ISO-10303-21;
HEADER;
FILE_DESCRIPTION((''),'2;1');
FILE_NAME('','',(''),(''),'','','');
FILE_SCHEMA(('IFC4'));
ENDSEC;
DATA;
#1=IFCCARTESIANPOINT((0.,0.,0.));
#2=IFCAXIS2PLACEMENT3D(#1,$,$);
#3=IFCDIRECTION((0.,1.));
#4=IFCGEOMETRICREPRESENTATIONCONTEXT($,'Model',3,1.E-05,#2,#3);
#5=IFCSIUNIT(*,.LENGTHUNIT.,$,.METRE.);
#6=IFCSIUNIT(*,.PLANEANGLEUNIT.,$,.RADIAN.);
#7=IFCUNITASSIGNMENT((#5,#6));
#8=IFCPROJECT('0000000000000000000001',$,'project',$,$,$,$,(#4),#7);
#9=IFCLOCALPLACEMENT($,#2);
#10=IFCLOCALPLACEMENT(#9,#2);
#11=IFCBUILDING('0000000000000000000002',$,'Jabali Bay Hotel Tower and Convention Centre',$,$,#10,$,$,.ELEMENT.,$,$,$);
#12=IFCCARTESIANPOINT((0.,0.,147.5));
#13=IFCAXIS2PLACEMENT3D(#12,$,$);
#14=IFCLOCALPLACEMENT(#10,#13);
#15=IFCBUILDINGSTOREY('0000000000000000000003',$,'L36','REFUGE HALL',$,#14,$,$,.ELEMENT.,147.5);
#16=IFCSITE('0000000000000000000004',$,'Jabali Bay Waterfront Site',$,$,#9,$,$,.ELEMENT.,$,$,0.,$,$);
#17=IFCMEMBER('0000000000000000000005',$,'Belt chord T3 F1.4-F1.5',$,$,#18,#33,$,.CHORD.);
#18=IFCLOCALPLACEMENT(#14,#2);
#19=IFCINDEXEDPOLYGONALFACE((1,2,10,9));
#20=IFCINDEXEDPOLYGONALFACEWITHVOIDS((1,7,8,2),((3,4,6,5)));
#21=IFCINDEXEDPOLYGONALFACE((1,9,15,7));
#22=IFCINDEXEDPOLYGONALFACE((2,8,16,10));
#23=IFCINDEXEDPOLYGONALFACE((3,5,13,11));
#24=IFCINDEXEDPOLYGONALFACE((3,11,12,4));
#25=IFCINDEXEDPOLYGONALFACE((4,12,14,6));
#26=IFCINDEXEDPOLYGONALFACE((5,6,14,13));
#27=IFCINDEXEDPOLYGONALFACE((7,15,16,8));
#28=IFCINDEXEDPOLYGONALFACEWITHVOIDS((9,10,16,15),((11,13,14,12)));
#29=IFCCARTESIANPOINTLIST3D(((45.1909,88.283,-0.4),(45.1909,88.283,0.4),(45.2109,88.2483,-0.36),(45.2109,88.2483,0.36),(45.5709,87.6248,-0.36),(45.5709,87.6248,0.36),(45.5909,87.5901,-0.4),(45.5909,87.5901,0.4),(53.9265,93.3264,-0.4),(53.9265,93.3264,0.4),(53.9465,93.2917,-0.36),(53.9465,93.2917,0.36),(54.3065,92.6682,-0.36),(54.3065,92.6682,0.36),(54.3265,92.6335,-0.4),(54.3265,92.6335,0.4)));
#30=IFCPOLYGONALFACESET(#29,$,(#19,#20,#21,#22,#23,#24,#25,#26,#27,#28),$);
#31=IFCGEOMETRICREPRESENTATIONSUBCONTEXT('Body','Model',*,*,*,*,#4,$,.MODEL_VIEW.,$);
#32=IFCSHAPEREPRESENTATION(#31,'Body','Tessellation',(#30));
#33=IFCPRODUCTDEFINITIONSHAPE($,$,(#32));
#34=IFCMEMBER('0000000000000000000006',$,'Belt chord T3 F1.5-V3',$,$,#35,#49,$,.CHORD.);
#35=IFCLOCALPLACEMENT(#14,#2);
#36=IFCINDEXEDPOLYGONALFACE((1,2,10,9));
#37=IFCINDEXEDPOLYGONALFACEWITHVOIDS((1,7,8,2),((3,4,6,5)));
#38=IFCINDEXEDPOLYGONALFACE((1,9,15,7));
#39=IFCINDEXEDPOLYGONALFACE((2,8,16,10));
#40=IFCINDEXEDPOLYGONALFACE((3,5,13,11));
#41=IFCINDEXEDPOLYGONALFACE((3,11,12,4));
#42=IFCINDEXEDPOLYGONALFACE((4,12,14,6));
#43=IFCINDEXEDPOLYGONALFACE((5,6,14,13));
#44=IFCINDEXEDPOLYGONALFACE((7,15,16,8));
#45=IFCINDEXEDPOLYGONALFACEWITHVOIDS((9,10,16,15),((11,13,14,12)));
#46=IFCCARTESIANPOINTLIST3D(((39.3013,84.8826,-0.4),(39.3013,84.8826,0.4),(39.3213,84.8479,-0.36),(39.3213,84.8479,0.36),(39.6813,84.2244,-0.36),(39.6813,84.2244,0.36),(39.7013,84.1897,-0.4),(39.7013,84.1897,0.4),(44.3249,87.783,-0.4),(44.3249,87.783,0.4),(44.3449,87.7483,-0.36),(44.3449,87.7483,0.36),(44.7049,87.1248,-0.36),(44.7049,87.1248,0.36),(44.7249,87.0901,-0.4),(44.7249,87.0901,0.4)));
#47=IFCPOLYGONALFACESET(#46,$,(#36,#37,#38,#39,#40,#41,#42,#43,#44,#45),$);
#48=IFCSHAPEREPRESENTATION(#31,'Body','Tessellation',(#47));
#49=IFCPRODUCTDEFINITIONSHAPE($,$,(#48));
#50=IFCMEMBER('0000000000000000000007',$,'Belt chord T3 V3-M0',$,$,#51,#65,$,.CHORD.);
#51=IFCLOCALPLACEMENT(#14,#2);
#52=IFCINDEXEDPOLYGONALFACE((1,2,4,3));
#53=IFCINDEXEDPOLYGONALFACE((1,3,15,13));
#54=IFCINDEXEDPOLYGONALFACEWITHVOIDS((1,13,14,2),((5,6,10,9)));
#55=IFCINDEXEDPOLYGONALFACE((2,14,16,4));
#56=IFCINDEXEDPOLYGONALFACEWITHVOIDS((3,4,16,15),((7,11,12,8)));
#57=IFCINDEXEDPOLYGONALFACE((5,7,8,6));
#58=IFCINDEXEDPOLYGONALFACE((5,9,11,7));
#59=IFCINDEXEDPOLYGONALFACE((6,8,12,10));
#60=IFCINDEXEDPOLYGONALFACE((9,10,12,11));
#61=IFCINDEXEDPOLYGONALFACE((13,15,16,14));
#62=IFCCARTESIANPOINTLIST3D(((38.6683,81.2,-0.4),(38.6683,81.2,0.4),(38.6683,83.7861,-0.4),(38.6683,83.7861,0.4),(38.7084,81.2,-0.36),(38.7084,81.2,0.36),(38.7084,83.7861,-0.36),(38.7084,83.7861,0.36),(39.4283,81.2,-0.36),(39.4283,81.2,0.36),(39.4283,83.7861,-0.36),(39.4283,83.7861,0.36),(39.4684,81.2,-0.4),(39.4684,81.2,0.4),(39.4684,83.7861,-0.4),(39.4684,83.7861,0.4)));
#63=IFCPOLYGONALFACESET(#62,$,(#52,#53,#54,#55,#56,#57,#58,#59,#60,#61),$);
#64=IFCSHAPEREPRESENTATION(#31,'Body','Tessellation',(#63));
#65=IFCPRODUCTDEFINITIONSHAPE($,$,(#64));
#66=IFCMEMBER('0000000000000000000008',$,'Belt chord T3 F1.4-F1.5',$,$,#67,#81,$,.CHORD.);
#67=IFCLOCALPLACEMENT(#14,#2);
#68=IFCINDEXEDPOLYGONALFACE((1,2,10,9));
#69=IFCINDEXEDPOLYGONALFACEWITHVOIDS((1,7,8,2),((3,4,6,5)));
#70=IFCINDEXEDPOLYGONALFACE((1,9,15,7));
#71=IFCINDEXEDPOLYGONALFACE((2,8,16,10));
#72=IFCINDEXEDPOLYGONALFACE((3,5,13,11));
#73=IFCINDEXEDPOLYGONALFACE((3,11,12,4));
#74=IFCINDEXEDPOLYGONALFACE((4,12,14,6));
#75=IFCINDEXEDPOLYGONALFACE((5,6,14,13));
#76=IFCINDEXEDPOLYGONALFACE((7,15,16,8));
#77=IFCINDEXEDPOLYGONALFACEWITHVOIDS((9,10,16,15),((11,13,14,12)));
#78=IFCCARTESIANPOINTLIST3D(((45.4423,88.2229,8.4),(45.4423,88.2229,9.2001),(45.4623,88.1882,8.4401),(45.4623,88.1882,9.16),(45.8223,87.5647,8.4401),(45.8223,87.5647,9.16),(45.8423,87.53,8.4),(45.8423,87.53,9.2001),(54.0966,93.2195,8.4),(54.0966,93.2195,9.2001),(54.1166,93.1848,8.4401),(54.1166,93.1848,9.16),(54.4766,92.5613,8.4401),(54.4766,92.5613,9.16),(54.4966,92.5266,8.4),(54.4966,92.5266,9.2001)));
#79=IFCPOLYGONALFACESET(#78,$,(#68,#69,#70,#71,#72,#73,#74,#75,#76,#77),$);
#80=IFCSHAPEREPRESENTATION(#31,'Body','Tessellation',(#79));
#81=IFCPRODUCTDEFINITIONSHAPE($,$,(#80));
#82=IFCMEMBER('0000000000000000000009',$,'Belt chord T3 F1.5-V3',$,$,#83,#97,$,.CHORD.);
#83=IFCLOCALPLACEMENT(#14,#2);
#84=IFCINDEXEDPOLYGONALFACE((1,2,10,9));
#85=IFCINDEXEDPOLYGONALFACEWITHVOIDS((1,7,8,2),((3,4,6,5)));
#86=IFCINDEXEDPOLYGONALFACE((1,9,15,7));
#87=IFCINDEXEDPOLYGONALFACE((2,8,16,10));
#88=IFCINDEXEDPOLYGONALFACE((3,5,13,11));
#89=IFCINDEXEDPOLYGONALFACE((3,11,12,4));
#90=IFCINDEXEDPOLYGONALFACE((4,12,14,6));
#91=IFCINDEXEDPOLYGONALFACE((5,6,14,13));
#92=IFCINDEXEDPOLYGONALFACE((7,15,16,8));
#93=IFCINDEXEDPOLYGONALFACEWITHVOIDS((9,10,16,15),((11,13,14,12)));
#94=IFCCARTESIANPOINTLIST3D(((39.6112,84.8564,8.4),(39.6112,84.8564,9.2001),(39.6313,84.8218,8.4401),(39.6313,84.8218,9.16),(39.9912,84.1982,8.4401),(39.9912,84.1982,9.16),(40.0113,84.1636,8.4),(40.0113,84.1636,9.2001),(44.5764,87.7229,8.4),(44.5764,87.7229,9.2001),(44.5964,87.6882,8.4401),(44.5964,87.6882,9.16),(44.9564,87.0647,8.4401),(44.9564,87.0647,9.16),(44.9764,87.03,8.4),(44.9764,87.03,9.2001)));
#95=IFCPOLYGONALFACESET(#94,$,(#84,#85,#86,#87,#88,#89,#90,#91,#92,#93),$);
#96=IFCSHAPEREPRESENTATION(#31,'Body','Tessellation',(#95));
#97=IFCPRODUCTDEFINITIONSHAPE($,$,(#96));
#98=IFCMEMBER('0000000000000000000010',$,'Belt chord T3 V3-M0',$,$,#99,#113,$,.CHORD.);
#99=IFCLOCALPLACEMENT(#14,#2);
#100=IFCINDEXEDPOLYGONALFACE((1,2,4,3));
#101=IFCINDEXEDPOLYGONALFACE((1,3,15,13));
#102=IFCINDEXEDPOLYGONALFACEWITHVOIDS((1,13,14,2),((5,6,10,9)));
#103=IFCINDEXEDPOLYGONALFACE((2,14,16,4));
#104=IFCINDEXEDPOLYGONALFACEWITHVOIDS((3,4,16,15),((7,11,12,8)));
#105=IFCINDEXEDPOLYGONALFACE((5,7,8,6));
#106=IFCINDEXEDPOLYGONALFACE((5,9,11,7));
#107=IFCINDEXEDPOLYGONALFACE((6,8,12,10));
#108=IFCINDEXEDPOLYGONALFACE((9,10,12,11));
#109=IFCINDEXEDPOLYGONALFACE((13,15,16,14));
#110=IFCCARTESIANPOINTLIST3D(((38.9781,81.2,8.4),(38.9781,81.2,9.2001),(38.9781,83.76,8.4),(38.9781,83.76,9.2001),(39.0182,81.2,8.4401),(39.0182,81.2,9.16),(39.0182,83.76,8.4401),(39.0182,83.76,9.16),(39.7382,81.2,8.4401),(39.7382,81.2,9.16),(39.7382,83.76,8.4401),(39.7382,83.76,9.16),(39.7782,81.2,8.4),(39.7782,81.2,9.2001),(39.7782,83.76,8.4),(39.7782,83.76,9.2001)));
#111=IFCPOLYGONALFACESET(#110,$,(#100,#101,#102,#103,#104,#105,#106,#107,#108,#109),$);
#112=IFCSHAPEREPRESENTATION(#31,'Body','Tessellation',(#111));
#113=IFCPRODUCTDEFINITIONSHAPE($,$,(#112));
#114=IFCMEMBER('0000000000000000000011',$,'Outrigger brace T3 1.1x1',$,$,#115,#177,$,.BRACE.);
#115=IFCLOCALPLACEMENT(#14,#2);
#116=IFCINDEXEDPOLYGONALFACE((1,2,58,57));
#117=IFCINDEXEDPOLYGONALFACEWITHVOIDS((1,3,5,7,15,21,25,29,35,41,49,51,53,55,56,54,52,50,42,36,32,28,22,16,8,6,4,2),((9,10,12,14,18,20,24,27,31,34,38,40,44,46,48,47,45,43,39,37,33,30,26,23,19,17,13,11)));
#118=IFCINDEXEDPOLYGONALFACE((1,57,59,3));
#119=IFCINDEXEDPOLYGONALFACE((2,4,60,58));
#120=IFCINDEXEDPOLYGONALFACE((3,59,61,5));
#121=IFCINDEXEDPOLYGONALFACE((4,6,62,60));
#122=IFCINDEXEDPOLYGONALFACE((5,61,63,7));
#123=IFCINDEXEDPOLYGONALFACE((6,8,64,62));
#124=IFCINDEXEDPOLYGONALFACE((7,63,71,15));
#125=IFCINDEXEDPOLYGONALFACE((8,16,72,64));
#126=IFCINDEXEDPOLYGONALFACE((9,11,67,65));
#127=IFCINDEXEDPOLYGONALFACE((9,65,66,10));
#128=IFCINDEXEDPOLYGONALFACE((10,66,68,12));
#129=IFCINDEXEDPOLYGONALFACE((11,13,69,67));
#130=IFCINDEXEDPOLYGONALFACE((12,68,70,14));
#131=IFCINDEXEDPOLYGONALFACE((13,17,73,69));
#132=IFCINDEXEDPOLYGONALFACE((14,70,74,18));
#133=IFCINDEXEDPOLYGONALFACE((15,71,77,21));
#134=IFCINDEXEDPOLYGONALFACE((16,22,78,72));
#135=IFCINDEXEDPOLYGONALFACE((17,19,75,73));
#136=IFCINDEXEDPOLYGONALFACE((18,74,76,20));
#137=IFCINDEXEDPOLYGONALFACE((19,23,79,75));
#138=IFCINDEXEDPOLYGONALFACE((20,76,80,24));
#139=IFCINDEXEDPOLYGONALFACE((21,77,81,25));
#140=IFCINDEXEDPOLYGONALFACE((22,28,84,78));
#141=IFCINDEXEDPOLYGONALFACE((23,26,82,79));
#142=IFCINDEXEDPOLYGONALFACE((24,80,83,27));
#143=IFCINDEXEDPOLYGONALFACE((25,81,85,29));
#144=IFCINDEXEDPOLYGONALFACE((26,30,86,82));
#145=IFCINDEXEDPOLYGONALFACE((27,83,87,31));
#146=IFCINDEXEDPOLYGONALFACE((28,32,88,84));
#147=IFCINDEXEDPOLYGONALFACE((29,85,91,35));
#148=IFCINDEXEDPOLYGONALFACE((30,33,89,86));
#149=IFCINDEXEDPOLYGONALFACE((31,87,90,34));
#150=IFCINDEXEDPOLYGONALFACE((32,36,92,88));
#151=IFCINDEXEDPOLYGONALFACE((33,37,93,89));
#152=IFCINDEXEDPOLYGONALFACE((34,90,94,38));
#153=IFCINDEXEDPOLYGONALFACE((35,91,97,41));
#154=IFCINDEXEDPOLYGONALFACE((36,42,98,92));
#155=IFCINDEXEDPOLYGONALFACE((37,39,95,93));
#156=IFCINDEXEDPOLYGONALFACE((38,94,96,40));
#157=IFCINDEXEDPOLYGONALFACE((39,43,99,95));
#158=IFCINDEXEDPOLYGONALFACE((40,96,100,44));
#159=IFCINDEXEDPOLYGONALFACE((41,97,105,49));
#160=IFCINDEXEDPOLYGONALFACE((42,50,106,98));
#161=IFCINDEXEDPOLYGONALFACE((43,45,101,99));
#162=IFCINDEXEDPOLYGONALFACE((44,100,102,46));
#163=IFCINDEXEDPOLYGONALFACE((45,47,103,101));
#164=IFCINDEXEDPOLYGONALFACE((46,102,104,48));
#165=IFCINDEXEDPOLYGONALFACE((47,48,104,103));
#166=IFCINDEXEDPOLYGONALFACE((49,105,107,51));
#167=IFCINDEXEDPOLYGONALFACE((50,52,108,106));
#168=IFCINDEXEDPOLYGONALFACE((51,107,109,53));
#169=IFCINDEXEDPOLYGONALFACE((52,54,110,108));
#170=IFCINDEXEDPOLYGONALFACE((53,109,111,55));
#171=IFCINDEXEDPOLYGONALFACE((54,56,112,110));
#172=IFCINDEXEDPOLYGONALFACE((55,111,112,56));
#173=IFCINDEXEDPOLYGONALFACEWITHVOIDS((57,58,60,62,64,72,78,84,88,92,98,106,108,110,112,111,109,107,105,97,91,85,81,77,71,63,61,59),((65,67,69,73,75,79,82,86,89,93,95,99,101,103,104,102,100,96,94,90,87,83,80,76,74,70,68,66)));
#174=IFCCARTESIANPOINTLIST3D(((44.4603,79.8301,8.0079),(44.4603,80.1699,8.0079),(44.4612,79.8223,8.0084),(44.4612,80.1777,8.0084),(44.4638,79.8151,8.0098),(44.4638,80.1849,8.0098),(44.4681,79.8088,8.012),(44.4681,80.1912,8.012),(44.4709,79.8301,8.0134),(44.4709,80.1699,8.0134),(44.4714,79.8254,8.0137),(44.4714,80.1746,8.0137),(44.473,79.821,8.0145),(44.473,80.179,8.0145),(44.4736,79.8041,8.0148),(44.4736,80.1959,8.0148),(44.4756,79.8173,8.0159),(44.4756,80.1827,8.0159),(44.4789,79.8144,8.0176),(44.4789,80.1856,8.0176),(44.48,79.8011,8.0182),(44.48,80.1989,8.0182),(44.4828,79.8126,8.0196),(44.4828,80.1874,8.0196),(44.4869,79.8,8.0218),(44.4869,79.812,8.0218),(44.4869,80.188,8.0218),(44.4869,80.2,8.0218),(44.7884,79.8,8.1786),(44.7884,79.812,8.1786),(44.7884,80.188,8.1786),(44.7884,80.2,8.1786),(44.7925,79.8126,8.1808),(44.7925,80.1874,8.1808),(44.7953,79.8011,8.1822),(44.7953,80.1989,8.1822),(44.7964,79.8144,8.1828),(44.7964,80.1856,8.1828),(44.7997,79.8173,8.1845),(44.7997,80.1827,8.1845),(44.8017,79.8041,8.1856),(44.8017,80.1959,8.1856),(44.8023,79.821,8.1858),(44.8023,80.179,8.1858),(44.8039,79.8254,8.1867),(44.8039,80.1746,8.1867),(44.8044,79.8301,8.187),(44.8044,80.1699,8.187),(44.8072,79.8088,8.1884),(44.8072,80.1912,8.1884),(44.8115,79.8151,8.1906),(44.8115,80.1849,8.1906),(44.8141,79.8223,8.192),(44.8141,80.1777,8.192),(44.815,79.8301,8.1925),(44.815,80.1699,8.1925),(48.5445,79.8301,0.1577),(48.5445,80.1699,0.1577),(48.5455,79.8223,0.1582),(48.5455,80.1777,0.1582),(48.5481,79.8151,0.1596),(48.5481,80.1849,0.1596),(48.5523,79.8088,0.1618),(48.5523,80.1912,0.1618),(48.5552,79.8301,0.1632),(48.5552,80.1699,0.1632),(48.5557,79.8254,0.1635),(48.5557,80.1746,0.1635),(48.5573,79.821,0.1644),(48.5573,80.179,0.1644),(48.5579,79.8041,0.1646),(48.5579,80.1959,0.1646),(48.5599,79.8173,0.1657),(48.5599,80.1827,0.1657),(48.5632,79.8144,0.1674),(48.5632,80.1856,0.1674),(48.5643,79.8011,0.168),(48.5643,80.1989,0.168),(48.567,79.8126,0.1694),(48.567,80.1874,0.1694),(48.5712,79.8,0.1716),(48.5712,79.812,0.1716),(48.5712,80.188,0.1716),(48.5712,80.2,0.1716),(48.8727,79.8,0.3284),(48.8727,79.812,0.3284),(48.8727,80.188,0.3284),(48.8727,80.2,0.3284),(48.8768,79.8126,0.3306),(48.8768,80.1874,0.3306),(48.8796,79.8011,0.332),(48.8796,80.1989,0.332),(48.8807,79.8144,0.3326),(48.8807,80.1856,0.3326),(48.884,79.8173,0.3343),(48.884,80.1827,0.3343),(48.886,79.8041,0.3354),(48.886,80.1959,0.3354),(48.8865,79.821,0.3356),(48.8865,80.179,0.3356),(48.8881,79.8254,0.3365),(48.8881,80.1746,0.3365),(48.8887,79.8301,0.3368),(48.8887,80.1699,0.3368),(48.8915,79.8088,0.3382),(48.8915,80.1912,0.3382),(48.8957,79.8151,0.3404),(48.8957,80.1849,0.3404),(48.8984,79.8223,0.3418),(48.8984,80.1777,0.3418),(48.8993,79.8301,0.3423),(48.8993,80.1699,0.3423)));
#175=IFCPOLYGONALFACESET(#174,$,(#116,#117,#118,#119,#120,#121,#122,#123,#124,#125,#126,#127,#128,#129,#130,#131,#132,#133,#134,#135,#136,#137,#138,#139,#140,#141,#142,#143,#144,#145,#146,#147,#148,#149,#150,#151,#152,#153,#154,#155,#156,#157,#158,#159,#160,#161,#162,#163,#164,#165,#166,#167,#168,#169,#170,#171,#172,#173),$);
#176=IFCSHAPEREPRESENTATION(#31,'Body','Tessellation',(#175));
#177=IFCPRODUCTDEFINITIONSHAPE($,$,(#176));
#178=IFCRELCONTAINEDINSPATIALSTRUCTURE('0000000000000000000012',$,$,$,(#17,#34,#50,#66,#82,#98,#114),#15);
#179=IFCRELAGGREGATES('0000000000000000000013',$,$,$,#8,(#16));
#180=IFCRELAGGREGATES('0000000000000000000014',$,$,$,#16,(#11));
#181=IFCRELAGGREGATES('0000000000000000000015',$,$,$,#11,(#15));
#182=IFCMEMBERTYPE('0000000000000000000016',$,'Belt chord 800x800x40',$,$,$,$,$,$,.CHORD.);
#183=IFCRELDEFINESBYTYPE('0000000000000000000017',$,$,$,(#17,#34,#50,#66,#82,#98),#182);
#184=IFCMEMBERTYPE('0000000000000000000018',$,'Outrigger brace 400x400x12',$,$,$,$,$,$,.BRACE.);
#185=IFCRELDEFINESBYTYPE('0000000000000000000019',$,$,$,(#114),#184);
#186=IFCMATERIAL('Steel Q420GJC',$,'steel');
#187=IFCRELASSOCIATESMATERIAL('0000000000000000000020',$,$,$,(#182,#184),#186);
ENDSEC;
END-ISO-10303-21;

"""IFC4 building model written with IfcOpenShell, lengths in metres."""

from ifc_helpers import new_model, si_unit, direction, frame, origin, origin_2d, place, context, subcontext, project, spatial, hollow_rectangle, extrude, material, material_profile, profile_set, type_object, element, save


model = new_model("IFC4")

# Units and contexts
model_context = context("Model", 3, precision=1e-05, world=origin(), true_north=direction((0.0, 1.0)))
body_context = subcontext(model_context, "Body", "Model", "MODEL_VIEW")
ifc_project = project(units=[si_unit("LENGTHUNIT", "METRE"), si_unit("PLANEANGLEUNIT", "RADIAN")], contexts=[model_context])

# Site, building, storey
site_placement = place(None, origin())
site = spatial("IfcSite", under=ifc_project, at=site_placement, Name="Jabali Bay Waterfront Site", CompositionType="ELEMENT", RefElevation=0.0)
building_placement = place(site_placement, origin())
building = spatial("IfcBuilding", under=site, at=building_placement, Name="Jabali Bay Hotel Tower and Convention Centre", CompositionType="ELEMENT")
storey_placement = place(building_placement, frame((0.0, 0.0, 147.5)))
storey = spatial("IfcBuildingStorey", under=building, at=storey_placement, Name="L36", Description="REFUGE HALL", CompositionType="ELEMENT", Elevation=147.5)

# Members
ifc_material_1 = material(Name="Steel Q420GJC", Category="steel")
ifc_material_profile_1 = material_profile(ifc_material_1, hollow_rectangle(XDim=0.8, YDim=0.8, WallThickness=0.04, at=origin_2d()), Name="Belt chord 800x800x40")
ifc_profile_set_1 = profile_set([ifc_material_profile_1], Name="Steel Q420GJC")
member_type_1 = type_object("IfcMemberType", Name="Belt chord 800x800x40", PredefinedType="CHORD", material=ifc_profile_set_1)
member_1_placement = place(storey_placement, frame((54.1265, 92.98, 0.0), z_axis=(-0.866027, -0.499997, 0.0), x_axis=(0.499997, -0.866027, 0.0)))
element("IfcMember", 1, at=member_1_placement, inside=storey, type_object=member_type_1, Name="Belt chord T3 F1.4-F1.5", PredefinedType="CHORD", context=body_context, shape_type="SweptSolid", body=[
    extrude(hollow_rectangle(XDim=0.8, YDim=0.8, WallThickness=0.04, at=origin_2d()), origin(), (0.0, 0.0, 1.0), 10.0869),
])
member_2_placement = place(storey_placement, frame((44.5249, 87.4365, 0.0), z_axis=(-0.866028, -0.499996, 0.0), x_axis=(0.499996, -0.866028, 0.0)))
element("IfcMember", 2, at=member_2_placement, inside=storey, type_object=member_type_1, Name="Belt chord T3 F1.5-V3", PredefinedType="CHORD", context=body_context, shape_type="SweptSolid", body=[
    extrude(hollow_rectangle(XDim=0.8, YDim=0.8, WallThickness=0.04, at=origin_2d()), origin(), (0.0, 0.0, 1.0), 5.8008),
])
member_3_placement = place(storey_placement, frame((39.0684, 83.7861, 0.0), z_axis=(0.0, -1.0, 0.0), x_axis=(1.0, 0.0, 0.0)))
element("IfcMember", 3, at=member_3_placement, inside=storey, type_object=member_type_1, Name="Belt chord T3 V3-M0", PredefinedType="CHORD", context=body_context, shape_type="SweptSolid", body=[
    extrude(hollow_rectangle(XDim=0.8, YDim=0.8, WallThickness=0.04, at=origin_2d()), origin(), (0.0, 0.0, 1.0), 2.5862),
])
member_4_placement = place(storey_placement, frame((54.2966, 92.873, 8.8), z_axis=(-0.866024, -0.500002, 0.0), x_axis=(0.500002, -0.866024, 0.0)))
element("IfcMember", 4, at=member_4_placement, inside=storey, type_object=member_type_1, Name="Belt chord T3 F1.4-F1.5", PredefinedType="CHORD", context=body_context, shape_type="SweptSolid", body=[
    extrude(hollow_rectangle(XDim=0.8, YDim=0.8, WallThickness=0.04, at=origin_2d()), origin(), (0.0, 0.0, 1.0), 9.9932),
])
member_5_placement = place(storey_placement, frame((44.7764, 87.3765, 8.8), z_axis=(-0.866036, -0.499982, 0.0), x_axis=(0.499982, -0.866036, 0.0)))
element("IfcMember", 5, at=member_5_placement, inside=storey, type_object=member_type_1, Name="Belt chord T3 F1.5-V3", PredefinedType="CHORD", context=body_context, shape_type="SweptSolid", body=[
    extrude(hollow_rectangle(XDim=0.8, YDim=0.8, WallThickness=0.04, at=origin_2d()), origin(), (0.0, 0.0, 1.0), 5.7332),
])
member_6_placement = place(storey_placement, frame((39.3782, 83.76, 8.8), z_axis=(0.0, -1.0, 0.0), x_axis=(1.0, 0.0, 0.0)))
element("IfcMember", 6, at=member_6_placement, inside=storey, type_object=member_type_1, Name="Belt chord T3 V3-M0", PredefinedType="CHORD", context=body_context, shape_type="SweptSolid", body=[
    extrude(hollow_rectangle(XDim=0.8, YDim=0.8, WallThickness=0.04, at=origin_2d()), origin(), (0.0, 0.0, 1.0), 2.5601),
])
ifc_material_profile_2 = material_profile(ifc_material_1, hollow_rectangle(XDim=0.3999, YDim=0.3999, WallThickness=0.012, InnerFilletRadius=0.0181, OuterFilletRadius=0.03, at=origin_2d()), Name="Outrigger brace 400x400x12")
ifc_profile_set_2 = profile_set([ifc_material_profile_2], Name="Steel Q420GJC")
member_type_2 = type_object("IfcMemberType", Name="Outrigger brace 400x400x12", PredefinedType="BRACE", material=ifc_profile_set_2)
member_7_placement = place(storey_placement, frame((48.7219, 80.0, 0.25), z_axis=(-0.461546, 0.0, 0.887116), x_axis=(0.0, -1.0, 0.0)))
element("IfcMember", 7, at=member_7_placement, inside=storey, type_object=member_type_2, Name="Outrigger brace T3 1.1x1", PredefinedType="BRACE", context=body_context, shape_type="SweptSolid", body=[
    extrude(hollow_rectangle(XDim=0.3999, YDim=0.3999, WallThickness=0.012, InnerFilletRadius=0.0181, OuterFilletRadius=0.03, at=origin_2d()), origin(), (0.0, 0.0, 1.0), 8.8491),
])

save(model, "model.ifc")
